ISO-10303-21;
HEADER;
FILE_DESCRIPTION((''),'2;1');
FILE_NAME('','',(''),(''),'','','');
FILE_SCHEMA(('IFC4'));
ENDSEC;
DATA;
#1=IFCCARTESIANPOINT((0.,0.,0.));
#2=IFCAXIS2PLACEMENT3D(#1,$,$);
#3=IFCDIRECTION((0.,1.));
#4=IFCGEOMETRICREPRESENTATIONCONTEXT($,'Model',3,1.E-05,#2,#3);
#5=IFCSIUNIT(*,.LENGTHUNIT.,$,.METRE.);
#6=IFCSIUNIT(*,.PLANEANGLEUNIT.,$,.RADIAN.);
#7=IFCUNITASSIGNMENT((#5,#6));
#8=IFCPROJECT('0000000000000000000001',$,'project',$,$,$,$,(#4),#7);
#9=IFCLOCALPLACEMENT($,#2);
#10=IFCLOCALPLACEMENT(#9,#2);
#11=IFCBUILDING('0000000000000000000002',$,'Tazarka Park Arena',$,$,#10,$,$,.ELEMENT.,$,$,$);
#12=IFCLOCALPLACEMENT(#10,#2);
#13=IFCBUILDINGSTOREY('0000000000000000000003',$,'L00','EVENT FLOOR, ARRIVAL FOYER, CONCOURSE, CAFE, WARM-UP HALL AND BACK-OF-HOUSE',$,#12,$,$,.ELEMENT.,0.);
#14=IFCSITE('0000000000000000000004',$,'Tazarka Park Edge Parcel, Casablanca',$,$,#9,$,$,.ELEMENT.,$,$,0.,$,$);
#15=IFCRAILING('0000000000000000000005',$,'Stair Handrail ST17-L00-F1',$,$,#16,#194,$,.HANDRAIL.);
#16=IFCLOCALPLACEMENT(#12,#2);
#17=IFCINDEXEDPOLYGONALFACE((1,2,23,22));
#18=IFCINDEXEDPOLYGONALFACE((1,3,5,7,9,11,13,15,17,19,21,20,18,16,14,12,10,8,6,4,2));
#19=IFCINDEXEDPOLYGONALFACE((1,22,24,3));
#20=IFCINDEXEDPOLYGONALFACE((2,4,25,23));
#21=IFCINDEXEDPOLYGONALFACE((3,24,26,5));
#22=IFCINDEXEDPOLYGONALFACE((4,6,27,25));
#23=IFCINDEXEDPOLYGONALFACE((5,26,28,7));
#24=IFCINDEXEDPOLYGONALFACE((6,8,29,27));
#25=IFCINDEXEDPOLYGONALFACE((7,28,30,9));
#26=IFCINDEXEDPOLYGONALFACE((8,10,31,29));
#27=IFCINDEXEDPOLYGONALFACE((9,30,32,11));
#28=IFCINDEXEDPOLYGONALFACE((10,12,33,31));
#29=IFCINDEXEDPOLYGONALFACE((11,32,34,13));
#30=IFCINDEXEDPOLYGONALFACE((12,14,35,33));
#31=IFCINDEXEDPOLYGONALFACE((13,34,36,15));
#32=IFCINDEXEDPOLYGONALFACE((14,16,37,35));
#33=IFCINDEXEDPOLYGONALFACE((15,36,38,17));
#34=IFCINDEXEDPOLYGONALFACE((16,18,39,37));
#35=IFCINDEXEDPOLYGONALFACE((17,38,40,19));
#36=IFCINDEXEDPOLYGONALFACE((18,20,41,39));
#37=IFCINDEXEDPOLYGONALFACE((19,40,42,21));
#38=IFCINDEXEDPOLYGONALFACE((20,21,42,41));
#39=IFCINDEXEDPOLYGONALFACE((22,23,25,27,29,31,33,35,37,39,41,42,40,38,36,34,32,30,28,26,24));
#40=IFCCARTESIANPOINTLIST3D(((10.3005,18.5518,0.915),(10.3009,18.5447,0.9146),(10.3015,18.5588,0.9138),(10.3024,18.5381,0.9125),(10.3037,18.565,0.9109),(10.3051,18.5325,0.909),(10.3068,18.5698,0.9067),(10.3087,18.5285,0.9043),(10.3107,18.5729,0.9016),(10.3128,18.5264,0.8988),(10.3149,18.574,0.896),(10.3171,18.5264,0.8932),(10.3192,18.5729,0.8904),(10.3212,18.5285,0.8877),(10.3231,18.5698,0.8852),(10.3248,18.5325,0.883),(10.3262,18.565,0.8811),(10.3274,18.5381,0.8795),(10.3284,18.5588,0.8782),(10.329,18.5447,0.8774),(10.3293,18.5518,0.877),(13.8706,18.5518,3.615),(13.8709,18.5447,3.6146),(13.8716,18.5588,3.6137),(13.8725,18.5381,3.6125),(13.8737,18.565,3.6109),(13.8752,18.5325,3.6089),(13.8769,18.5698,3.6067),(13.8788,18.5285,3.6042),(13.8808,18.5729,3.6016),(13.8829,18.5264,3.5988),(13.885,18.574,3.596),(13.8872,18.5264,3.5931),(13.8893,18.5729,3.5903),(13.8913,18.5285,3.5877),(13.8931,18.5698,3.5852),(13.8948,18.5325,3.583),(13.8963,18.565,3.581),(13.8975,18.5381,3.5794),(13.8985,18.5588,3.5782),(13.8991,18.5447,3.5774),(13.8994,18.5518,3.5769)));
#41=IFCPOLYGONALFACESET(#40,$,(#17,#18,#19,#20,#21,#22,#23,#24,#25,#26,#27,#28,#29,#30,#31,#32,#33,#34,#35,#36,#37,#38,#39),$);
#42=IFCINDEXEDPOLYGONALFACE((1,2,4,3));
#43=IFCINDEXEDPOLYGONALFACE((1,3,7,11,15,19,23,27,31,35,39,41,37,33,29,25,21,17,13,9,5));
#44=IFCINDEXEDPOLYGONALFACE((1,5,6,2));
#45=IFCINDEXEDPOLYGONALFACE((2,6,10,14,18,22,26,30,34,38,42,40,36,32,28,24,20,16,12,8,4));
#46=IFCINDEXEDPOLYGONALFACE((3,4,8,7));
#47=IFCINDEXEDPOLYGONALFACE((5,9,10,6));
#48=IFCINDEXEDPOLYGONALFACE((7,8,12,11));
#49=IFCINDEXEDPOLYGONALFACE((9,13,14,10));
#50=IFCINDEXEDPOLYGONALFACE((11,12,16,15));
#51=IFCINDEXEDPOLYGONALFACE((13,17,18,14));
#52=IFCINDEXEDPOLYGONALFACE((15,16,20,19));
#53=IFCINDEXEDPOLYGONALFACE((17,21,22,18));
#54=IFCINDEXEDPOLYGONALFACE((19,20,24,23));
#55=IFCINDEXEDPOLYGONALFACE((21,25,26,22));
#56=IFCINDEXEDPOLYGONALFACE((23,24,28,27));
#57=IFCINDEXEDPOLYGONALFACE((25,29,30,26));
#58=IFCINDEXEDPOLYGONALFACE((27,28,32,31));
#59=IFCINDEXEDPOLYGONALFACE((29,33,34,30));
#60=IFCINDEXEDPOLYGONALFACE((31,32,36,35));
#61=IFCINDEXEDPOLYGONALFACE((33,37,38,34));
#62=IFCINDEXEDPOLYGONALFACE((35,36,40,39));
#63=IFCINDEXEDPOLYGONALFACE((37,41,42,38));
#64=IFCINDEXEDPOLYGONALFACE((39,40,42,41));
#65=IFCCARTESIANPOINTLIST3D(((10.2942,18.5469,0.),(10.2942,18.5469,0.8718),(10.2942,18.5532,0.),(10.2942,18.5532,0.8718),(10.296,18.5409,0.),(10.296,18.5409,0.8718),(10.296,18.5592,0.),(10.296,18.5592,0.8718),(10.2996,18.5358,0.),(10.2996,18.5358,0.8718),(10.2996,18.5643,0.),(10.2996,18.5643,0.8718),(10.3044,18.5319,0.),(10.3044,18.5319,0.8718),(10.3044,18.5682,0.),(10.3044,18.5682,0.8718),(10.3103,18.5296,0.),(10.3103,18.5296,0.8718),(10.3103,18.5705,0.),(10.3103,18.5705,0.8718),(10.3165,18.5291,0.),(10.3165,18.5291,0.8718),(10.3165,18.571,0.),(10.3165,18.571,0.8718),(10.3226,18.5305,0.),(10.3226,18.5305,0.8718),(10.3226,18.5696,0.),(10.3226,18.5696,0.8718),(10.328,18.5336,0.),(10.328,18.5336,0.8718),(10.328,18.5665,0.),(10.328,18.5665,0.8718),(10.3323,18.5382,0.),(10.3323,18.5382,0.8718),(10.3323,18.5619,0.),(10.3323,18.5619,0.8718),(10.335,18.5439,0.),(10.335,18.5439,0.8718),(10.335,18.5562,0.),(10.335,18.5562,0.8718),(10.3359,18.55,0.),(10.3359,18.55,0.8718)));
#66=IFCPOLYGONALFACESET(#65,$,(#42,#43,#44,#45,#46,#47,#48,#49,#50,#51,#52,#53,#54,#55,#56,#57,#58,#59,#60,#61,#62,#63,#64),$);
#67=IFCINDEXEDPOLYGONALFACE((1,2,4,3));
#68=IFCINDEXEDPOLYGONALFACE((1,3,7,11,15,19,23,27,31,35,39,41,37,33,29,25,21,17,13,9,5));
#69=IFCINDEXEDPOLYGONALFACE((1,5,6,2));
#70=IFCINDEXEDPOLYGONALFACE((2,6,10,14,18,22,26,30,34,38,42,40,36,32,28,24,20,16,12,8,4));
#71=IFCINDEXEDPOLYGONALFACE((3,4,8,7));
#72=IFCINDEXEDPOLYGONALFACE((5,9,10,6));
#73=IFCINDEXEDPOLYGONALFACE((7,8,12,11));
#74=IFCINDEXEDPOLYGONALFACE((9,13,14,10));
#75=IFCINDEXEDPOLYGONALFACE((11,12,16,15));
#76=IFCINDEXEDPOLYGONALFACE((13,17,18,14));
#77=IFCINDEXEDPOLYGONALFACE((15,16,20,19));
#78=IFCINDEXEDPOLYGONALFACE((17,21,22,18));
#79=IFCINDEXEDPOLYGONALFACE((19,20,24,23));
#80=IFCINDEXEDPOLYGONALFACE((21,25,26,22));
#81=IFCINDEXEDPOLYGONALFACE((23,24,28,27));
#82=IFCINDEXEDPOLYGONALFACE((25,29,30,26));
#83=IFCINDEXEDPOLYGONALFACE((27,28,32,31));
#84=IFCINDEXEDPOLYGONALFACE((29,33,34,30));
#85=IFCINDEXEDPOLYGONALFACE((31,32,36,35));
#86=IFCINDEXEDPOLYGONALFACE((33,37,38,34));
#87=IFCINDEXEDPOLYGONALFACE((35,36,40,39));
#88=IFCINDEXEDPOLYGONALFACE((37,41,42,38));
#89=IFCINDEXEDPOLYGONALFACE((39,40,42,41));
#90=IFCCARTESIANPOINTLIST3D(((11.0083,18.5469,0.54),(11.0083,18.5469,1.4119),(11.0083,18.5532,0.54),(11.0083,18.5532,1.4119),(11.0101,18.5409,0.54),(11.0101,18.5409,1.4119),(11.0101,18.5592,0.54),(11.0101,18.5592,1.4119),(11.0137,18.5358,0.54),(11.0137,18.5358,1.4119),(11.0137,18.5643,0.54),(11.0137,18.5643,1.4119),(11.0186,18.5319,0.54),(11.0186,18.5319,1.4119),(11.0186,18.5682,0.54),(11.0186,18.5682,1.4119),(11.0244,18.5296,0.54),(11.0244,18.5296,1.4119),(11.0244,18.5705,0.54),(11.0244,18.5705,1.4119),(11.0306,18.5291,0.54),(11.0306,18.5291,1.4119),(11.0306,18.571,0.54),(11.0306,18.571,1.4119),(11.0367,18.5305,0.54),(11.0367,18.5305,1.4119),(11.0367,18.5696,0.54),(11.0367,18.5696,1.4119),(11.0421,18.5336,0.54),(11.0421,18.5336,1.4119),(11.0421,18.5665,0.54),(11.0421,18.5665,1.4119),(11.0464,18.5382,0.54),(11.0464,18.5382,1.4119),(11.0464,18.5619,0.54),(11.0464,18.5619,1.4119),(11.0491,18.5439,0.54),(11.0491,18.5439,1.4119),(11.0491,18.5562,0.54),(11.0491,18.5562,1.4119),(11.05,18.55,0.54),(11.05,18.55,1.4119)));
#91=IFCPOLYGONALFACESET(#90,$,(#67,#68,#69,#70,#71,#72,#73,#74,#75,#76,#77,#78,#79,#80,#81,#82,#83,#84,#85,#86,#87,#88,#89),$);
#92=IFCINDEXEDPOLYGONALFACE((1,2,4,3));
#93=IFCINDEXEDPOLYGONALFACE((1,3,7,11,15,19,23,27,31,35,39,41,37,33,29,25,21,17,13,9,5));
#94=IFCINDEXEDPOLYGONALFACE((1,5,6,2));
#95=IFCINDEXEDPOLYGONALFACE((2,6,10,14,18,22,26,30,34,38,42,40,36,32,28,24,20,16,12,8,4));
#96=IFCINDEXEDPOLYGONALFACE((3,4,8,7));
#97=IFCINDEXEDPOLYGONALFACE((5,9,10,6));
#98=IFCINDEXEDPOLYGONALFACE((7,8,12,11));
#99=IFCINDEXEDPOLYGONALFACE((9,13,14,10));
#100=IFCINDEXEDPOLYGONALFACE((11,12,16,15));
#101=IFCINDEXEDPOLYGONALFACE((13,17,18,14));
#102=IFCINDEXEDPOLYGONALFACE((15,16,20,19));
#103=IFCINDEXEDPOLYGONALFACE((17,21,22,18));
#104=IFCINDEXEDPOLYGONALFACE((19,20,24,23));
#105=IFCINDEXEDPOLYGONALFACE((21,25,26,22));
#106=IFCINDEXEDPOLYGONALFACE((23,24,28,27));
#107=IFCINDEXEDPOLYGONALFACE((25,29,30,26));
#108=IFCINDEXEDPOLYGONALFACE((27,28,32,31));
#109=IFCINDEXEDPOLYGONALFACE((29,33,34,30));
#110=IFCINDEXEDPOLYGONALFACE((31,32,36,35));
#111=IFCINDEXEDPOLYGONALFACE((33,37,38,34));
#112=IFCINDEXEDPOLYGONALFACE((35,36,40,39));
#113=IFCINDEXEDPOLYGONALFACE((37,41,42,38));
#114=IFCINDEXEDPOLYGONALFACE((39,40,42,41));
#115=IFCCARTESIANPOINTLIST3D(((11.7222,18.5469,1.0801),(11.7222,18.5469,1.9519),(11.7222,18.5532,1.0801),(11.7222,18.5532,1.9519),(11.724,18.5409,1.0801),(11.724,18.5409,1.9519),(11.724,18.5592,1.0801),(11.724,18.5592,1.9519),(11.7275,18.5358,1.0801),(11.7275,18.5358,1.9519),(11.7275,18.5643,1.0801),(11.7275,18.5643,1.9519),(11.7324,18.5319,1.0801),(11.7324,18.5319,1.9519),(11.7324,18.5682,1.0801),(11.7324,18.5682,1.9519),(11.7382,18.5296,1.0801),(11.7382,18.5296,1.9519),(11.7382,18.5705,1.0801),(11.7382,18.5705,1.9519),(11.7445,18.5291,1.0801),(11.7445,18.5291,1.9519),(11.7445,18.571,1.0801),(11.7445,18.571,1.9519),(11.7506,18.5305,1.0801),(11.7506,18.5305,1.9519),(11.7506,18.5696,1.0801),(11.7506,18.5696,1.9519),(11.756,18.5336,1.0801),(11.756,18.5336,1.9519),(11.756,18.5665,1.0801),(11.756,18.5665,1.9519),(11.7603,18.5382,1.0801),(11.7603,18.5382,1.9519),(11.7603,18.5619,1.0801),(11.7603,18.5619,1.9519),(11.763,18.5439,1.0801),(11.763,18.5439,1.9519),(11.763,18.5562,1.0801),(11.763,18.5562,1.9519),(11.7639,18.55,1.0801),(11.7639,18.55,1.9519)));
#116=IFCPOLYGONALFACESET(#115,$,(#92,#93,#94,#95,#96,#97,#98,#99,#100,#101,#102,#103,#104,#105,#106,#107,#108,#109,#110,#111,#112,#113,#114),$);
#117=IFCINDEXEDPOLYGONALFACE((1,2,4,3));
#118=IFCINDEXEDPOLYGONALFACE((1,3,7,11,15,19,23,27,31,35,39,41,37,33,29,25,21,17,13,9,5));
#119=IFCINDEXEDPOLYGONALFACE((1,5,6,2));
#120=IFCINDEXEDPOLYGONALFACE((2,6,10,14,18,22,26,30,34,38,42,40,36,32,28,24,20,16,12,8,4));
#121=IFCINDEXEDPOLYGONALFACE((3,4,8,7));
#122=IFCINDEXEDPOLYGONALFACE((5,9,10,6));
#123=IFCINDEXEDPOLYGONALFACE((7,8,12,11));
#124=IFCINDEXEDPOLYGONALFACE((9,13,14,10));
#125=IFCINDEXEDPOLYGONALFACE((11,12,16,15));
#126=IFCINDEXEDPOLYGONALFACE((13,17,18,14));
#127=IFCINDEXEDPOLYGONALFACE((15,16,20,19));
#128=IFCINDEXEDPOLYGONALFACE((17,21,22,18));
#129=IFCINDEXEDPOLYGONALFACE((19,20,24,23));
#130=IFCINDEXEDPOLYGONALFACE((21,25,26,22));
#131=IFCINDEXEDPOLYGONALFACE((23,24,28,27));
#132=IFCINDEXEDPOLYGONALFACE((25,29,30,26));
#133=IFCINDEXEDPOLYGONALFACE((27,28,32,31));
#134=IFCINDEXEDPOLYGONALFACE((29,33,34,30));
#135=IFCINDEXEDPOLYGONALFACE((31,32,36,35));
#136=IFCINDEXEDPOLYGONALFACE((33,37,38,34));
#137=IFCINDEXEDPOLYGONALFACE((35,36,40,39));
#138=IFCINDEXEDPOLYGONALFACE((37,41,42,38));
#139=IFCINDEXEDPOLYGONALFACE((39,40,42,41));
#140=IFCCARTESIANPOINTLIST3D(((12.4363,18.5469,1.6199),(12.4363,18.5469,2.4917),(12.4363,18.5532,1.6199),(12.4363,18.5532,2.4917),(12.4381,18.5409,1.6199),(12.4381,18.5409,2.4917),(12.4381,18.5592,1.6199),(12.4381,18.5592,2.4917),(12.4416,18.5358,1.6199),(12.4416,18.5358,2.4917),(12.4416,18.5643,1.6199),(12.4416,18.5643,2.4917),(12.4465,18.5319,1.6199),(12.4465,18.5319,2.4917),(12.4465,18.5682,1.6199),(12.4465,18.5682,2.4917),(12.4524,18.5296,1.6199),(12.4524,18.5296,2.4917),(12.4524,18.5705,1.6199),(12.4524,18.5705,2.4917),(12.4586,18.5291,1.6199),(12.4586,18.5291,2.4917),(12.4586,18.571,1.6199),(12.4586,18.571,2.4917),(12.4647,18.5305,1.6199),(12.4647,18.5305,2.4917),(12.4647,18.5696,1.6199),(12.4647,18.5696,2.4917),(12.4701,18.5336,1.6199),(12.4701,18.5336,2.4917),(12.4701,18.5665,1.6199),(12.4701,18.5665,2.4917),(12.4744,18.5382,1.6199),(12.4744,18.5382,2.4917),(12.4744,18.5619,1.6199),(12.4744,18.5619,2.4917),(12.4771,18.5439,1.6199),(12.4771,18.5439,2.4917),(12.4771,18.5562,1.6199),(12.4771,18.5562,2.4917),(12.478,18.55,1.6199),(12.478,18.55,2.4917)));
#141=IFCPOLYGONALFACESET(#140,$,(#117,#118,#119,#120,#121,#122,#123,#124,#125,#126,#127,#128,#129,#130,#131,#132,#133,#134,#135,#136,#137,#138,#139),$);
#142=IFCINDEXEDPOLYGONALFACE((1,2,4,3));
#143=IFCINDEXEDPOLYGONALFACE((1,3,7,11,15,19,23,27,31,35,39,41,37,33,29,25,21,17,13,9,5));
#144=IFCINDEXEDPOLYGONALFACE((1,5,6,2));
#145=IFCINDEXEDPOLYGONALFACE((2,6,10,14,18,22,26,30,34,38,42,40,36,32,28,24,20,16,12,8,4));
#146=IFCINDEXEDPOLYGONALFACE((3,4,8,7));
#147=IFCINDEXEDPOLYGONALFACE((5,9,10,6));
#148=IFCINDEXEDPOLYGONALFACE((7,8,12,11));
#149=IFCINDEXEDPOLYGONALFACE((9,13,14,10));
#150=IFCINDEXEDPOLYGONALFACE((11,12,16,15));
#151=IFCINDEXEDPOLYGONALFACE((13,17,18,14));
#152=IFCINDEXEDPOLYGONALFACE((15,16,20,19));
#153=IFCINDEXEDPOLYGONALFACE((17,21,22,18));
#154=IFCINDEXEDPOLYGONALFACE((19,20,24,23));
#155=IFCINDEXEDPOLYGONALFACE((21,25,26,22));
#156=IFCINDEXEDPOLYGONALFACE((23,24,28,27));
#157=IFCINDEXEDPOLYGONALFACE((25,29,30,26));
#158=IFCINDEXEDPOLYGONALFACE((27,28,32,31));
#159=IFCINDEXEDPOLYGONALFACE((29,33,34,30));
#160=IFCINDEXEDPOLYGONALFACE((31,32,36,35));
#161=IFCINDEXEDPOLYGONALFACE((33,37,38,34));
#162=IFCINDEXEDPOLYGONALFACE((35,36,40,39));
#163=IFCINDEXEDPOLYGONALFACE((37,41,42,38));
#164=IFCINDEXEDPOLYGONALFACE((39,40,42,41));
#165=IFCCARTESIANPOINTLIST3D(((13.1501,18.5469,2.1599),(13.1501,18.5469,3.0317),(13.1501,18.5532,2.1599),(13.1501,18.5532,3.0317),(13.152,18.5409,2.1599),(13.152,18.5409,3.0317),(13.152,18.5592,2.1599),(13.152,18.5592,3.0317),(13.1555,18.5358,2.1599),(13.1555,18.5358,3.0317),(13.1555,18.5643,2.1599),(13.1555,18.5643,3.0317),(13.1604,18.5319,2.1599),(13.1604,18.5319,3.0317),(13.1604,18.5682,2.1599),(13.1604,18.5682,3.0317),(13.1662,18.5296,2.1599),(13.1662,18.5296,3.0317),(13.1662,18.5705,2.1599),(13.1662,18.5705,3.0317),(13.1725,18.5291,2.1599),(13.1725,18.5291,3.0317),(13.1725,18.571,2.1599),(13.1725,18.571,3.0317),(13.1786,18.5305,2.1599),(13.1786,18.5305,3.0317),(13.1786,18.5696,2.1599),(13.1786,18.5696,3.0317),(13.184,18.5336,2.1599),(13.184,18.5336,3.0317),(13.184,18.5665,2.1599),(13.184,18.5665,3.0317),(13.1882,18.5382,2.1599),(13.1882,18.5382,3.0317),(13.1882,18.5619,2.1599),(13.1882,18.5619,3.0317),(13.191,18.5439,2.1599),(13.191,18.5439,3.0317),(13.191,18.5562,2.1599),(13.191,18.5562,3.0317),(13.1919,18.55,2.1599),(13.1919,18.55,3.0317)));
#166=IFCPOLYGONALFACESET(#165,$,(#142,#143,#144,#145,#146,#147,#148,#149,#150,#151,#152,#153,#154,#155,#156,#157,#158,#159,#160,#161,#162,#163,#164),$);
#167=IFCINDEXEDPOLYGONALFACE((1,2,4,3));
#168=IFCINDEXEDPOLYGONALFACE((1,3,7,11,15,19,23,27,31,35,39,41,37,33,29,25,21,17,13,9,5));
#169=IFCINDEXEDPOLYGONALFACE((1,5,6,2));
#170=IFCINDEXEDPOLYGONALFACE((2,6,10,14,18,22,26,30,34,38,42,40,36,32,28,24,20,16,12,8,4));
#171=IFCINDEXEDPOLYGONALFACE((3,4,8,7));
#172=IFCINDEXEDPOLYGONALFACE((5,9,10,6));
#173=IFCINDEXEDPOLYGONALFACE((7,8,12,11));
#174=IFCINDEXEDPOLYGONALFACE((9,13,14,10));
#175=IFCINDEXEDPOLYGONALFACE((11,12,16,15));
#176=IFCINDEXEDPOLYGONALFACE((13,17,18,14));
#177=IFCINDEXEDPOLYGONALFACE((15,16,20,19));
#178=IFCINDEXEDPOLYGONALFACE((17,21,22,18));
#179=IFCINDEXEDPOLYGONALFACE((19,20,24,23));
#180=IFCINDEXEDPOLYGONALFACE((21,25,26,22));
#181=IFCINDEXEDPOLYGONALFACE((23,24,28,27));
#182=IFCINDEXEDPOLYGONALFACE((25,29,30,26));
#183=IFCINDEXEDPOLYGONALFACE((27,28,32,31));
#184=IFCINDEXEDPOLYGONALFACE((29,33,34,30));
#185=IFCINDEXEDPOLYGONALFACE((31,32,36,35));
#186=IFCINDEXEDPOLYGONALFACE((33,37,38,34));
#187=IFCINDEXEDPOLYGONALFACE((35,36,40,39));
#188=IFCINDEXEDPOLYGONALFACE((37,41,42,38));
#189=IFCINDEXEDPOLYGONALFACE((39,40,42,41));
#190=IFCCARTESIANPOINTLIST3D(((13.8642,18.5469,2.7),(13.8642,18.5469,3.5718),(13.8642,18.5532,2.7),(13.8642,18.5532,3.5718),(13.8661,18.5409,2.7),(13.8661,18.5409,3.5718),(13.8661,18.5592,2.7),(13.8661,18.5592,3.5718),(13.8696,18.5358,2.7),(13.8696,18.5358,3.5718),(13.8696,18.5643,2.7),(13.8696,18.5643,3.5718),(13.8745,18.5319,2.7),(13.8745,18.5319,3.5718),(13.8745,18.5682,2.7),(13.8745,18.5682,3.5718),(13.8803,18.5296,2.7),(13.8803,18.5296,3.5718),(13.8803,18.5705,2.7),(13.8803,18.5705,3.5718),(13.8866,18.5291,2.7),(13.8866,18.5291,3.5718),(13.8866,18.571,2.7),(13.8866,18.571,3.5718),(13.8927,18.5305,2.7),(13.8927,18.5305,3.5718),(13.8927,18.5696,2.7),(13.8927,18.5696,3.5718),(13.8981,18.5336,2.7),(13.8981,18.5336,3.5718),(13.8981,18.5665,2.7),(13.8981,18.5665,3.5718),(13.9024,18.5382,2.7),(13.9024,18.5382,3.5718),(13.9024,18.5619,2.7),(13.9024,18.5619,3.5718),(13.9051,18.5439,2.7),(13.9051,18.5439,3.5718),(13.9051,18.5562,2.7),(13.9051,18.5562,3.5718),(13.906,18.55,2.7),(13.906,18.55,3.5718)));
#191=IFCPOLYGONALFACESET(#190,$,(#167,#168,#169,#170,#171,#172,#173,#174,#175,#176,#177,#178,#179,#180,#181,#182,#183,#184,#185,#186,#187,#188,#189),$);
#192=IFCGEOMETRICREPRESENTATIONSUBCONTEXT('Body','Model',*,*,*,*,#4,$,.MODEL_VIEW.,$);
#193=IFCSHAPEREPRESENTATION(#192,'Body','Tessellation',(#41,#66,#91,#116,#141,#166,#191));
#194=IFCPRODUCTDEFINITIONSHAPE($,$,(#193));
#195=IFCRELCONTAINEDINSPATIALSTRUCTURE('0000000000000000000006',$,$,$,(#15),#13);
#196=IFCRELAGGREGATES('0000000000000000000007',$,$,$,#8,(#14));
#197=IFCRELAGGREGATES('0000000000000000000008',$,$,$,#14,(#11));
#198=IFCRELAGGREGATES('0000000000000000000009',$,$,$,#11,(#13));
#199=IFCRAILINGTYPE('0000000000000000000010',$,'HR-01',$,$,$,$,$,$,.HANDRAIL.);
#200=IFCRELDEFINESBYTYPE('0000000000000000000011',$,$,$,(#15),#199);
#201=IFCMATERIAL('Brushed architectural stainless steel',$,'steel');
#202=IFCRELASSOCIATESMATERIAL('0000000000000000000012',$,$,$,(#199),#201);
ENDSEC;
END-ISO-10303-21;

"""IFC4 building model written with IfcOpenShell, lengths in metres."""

from ifc_helpers import new_model, si_unit, direction, frame, origin, origin_2d, place, context, subcontext, project, spatial, circle, extrude, material, type_object, element, save


model = new_model("IFC4")

# Units and contexts
model_context = context("Model", 3, precision=1e-05, world=origin(), true_north=direction((0.0, 1.0)))
body_context = subcontext(model_context, "Body", "Model", "MODEL_VIEW")
ifc_project = project(units=[si_unit("LENGTHUNIT", "METRE"), si_unit("PLANEANGLEUNIT", "RADIAN")], contexts=[model_context])

# Site, building, storey
site_placement = place(None, origin())
site = spatial("IfcSite", under=ifc_project, at=site_placement, Name="Tazarka Park Edge Parcel, Casablanca", CompositionType="ELEMENT", RefElevation=0.0)
building_placement = place(site_placement, origin())
building = spatial("IfcBuilding", under=site, at=building_placement, Name="Tazarka Park Arena", CompositionType="ELEMENT")
storey_placement = place(building_placement, origin())
storey = spatial("IfcBuildingStorey", under=building, at=storey_placement, Name="L00", Description="EVENT FLOOR, ARRIVAL FOYER, CONCOURSE, CAFE, WARM-UP HALL AND BACK-OF-HOUSE", CompositionType="ELEMENT", Elevation=0.0)

# Railing
ifc_material_1 = material(Name="Brushed architectural stainless steel", Category="steel")
railing_type_1 = type_object("IfcRailingType", Name="HR-01", PredefinedType="HANDRAIL", material=ifc_material_1)
railing_1_placement = place(storey_placement, frame((10.3149, 18.55, 0.0)))
element("IfcRailing", 1, at=railing_1_placement, inside=storey, type_object=railing_type_1, Name="Stair Handrail ST17-L00-F1", PredefinedType="HANDRAIL", context=body_context, shape_type="SweptSolid", body=[
    extrude(circle(Radius=0.0239, at=origin_2d()), frame((0.0, 0.0, 0.896), z_axis=(0.797591, 0.0, 0.603198), x_axis=(0.0, 1.0, 0.0)), (0.0, 0.0, 1.0), 4.4761),
    extrude(circle(Radius=0.021, at=origin_2d()), origin(), (0.0, 0.0, 1.0), 0.8718),
    extrude(circle(Radius=0.021, at=origin_2d()), frame((0.7141, 0.0, 0.54)), (0.0, 0.0, 1.0), 0.8718),
    extrude(circle(Radius=0.021, at=origin_2d()), frame((1.428, 0.0, 1.0801)), (0.0, 0.0, 1.0), 0.8718),
    extrude(circle(Radius=0.021, at=origin_2d()), frame((2.1421, 0.0, 1.6199)), (0.0, 0.0, 1.0), 0.8718),
    extrude(circle(Radius=0.021, at=origin_2d()), frame((2.856, 0.0, 2.1599)), (0.0, 0.0, 1.0), 0.8718),
    extrude(circle(Radius=0.021, at=origin_2d()), frame((3.5701, 0.0, 2.7)), (0.0, 0.0, 1.0), 0.8718),
])

save(model, "model.ifc")
